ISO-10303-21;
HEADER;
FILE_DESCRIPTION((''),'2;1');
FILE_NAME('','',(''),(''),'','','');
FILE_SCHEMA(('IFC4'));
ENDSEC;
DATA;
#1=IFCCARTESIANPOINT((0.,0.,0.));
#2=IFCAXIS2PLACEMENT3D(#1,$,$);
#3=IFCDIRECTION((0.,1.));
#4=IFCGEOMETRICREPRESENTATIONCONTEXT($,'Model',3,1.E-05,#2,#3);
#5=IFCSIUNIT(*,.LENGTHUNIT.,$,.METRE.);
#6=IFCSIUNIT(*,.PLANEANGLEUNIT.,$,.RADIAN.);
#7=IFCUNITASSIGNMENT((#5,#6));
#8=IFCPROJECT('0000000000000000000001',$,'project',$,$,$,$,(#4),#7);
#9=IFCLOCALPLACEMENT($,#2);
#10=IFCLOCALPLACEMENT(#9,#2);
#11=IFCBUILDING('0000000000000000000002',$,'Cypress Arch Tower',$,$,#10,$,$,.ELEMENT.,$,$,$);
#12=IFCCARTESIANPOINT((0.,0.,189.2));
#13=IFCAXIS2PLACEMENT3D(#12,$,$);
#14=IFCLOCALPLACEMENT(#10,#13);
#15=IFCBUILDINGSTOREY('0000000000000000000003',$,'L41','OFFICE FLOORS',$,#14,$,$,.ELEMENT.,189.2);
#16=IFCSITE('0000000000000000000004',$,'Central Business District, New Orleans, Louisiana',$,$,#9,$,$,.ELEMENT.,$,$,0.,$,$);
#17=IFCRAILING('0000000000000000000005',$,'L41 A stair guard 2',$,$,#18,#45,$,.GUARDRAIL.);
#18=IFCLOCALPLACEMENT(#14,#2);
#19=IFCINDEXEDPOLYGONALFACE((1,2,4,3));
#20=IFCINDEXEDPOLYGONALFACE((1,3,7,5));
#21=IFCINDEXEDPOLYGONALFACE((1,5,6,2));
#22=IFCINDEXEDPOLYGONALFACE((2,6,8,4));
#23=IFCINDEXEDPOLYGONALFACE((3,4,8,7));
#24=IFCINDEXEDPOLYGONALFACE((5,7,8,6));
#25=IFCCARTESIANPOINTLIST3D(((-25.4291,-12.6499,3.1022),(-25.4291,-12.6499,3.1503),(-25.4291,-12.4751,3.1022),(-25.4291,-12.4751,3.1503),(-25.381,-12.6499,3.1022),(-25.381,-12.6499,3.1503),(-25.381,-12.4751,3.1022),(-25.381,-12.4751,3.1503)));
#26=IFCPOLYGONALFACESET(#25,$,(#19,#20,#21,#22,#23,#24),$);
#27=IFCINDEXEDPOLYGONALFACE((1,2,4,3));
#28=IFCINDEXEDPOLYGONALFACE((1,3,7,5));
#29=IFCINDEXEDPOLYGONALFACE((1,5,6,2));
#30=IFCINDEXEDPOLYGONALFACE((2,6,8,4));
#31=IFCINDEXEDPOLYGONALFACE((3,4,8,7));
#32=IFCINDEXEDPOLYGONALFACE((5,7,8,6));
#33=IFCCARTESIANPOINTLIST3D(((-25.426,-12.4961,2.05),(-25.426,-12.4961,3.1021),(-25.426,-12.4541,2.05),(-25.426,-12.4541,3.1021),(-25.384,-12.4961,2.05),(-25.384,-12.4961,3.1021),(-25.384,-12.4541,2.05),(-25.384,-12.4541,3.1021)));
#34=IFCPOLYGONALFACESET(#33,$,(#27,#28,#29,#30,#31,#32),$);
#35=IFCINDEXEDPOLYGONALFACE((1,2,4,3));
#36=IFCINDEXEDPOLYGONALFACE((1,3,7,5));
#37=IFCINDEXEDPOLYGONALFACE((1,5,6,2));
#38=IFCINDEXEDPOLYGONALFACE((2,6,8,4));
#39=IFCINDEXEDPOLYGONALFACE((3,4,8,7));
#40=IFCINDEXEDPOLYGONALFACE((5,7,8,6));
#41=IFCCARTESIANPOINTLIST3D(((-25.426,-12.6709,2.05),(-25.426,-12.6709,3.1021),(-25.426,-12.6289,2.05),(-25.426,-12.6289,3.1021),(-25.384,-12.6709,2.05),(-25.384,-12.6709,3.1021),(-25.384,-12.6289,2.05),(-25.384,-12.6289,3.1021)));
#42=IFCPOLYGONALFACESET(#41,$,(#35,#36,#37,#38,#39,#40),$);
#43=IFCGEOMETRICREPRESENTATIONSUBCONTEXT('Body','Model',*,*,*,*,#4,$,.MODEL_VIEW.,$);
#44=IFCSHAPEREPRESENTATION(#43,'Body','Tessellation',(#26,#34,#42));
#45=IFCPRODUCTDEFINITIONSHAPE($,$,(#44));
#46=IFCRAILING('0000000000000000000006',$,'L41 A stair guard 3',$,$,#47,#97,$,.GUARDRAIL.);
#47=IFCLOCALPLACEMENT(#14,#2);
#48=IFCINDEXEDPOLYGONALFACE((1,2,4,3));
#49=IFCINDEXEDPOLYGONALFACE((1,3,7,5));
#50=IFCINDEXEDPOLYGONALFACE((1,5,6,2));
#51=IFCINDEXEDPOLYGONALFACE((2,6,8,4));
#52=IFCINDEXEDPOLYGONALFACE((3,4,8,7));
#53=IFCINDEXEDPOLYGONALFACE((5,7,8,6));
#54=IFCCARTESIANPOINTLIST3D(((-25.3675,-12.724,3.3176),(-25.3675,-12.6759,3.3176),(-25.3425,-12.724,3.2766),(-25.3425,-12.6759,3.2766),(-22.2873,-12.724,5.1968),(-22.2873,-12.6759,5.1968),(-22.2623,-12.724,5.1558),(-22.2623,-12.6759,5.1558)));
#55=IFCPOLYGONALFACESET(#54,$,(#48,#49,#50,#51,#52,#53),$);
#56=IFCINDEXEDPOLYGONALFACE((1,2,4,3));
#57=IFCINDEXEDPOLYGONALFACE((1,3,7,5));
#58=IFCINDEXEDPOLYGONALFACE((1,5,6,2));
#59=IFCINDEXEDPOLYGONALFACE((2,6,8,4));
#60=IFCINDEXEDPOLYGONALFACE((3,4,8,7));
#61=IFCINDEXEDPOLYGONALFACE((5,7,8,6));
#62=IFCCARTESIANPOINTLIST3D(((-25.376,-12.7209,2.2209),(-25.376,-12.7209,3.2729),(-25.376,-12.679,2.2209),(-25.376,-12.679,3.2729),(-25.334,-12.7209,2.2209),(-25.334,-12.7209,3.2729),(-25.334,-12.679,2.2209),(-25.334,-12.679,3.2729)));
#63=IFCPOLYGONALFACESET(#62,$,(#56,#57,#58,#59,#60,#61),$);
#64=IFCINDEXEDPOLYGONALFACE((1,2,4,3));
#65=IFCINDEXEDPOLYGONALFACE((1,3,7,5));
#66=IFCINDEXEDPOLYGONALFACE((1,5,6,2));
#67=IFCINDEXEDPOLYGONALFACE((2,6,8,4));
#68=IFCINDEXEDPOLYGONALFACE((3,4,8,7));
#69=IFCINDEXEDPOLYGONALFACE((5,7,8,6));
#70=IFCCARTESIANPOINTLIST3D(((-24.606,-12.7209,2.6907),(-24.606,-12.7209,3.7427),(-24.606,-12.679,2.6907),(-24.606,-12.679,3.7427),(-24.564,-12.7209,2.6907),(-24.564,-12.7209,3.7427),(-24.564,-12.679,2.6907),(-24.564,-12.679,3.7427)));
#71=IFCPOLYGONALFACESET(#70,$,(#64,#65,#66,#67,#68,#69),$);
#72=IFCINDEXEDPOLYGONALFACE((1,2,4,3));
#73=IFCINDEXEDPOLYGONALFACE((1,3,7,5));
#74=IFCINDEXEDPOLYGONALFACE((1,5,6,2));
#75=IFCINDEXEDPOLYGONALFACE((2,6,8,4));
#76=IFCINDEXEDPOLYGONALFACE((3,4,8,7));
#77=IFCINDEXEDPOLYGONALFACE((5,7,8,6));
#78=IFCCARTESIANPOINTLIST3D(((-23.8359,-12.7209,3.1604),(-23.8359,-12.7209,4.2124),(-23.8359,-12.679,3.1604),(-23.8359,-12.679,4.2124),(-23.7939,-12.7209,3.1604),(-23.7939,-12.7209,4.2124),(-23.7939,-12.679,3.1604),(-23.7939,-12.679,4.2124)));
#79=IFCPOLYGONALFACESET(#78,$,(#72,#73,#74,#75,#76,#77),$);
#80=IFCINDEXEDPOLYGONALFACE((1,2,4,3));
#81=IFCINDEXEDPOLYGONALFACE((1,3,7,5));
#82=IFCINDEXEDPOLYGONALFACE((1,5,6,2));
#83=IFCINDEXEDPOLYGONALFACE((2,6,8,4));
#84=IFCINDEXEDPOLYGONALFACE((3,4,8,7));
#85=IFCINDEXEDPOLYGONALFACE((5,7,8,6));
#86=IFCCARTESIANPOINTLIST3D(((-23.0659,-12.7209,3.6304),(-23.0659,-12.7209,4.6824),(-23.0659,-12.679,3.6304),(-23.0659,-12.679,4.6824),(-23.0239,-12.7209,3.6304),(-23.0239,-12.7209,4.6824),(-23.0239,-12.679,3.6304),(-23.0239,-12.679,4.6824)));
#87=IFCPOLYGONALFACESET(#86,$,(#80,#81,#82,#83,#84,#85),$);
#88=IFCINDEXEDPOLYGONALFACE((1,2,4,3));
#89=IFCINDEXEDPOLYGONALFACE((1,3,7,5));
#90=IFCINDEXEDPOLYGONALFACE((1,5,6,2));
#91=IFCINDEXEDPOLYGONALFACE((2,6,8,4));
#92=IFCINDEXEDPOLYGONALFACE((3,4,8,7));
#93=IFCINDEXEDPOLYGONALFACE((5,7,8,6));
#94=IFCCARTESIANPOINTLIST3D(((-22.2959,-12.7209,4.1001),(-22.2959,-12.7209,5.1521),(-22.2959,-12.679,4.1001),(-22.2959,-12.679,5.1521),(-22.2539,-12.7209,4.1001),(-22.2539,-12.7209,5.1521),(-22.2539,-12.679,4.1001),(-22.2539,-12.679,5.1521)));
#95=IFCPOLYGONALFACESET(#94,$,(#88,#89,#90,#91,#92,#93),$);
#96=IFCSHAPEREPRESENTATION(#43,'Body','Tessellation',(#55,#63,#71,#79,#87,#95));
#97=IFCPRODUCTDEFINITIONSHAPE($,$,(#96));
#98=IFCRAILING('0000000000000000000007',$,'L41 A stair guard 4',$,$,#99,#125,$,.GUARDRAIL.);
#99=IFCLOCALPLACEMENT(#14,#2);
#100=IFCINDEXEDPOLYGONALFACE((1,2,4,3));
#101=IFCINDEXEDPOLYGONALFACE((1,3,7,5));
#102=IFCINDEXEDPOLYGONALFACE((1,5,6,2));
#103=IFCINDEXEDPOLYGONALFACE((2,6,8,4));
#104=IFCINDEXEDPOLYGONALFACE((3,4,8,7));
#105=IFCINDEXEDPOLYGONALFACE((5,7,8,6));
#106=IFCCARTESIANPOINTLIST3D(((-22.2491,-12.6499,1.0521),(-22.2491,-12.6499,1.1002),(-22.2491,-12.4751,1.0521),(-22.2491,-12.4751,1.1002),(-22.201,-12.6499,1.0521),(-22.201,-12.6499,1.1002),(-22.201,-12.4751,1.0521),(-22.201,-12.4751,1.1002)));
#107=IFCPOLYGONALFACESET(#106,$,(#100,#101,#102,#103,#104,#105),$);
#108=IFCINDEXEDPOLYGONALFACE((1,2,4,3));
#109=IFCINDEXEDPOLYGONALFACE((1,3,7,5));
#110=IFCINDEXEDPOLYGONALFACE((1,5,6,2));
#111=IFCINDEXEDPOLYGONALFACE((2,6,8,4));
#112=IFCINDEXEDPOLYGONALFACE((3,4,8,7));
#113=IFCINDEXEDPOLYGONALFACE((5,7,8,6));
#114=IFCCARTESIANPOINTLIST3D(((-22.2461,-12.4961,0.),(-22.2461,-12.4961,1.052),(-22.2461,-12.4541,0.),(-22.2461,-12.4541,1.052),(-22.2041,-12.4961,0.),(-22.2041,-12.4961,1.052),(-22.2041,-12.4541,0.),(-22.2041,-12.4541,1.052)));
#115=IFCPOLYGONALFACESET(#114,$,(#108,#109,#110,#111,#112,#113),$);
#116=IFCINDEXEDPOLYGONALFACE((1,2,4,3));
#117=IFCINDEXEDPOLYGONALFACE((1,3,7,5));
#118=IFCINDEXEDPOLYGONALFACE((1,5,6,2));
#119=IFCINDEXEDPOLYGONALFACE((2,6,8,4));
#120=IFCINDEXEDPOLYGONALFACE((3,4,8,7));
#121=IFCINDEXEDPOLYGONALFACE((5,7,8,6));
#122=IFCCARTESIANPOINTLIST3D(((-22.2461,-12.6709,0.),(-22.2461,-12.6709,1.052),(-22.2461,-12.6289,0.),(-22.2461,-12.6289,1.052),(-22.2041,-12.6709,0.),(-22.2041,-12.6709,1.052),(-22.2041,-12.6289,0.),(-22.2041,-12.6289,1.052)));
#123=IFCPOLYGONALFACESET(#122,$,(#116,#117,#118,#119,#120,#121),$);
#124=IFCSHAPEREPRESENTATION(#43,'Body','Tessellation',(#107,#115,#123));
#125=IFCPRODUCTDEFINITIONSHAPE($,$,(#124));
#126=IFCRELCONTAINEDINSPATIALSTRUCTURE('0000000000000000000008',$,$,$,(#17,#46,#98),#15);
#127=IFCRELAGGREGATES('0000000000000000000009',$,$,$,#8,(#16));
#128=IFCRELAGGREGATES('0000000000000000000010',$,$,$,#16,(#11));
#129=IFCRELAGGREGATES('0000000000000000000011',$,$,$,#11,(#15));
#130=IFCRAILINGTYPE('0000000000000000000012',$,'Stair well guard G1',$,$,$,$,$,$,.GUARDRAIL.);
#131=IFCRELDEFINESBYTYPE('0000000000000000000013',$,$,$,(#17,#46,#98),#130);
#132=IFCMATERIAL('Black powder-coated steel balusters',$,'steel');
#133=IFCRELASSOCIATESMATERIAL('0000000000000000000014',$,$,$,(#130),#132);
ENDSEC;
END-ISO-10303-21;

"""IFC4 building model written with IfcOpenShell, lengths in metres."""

from ifc_helpers import new_model, si_unit, direction, frame, origin, origin_2d, place, context, subcontext, project, spatial, rectangle, extrude, material, type_object, element, save


model = new_model("IFC4")

# Units and contexts
model_context = context("Model", 3, precision=1e-05, world=origin(), true_north=direction((0.0, 1.0)))
body_context = subcontext(model_context, "Body", "Model", "MODEL_VIEW")
ifc_project = project(units=[si_unit("LENGTHUNIT", "METRE"), si_unit("PLANEANGLEUNIT", "RADIAN")], contexts=[model_context])

# Site, building, storey
site_placement = place(None, origin())
site = spatial("IfcSite", under=ifc_project, at=site_placement, Name="Central Business District, New Orleans, Louisiana", CompositionType="ELEMENT", RefElevation=0.0)
building_placement = place(site_placement, origin())
building = spatial("IfcBuilding", under=site, at=building_placement, Name="Cypress Arch Tower", CompositionType="ELEMENT")
storey_placement = place(building_placement, frame((0.0, 0.0, 189.2)))
storey = spatial("IfcBuildingStorey", under=building, at=storey_placement, Name="L41", Description="OFFICE FLOORS", CompositionType="ELEMENT", Elevation=189.2)

# Railings
ifc_material_1 = material(Name="Black powder-coated steel balusters", Category="steel")
railing_type_1 = type_object("IfcRailingType", Name="Stair well guard G1", PredefinedType="GUARDRAIL", material=ifc_material_1)
railing_1_placement = place(storey_placement, frame((-25.405, -12.4751, 2.05)))
element("IfcRailing", 1, at=railing_1_placement, inside=storey, type_object=railing_type_1, Name="L41 A stair guard 2", PredefinedType="GUARDRAIL", context=body_context, shape_type="SweptSolid", body=[
    extrude(rectangle(XDim=0.0481, YDim=0.0481, at=origin_2d()), frame((0.0, 0.0, 1.0762), z_axis=(0.0, -1.0, 0.0), x_axis=(1.0, 0.0, 0.0)), (0.0, 0.0, 1.0), 0.1748),
    extrude(rectangle(XDim=0.042, YDim=0.042, at=origin_2d()), origin(), (0.0, 0.0, 1.0), 1.052),
    extrude(rectangle(XDim=0.042, YDim=0.042, at=origin_2d()), frame((0.0, -0.1748, 0.0)), (0.0, 0.0, 1.0), 1.052),
])
railing_2_placement = place(storey_placement, frame((-25.355, -12.7, 2.2209)))
element("IfcRailing", 2, at=railing_2_placement, inside=storey, type_object=railing_type_1, Name="L41 A stair guard 3", PredefinedType="GUARDRAIL", context=body_context, shape_type="SweptSolid", body=[
    extrude(rectangle(XDim=0.0481, YDim=0.0481, at=origin_2d()), frame((0.0, 0.0, 1.0762), z_axis=(0.853666, 0.0, 0.52082), x_axis=(0.0, 1.0, 0.0)), (0.0, 0.0, 1.0), 3.6082),
    extrude(rectangle(XDim=0.042, YDim=0.042, at=origin_2d()), origin(), (0.0, 0.0, 1.0), 1.052),
    extrude(rectangle(XDim=0.042, YDim=0.042, at=origin_2d()), frame((0.77, 0.0, 0.4697)), (0.0, 0.0, 1.0), 1.052),
    extrude(rectangle(XDim=0.042, YDim=0.042, at=origin_2d()), frame((1.54, 0.0, 0.9395)), (0.0, 0.0, 1.0), 1.052),
    extrude(rectangle(XDim=0.042, YDim=0.042, at=origin_2d()), frame((2.3101, 0.0, 1.4094)), (0.0, 0.0, 1.0), 1.052),
    extrude(rectangle(XDim=0.042, YDim=0.042, at=origin_2d()), frame((3.0801, 0.0, 1.8792)), (0.0, 0.0, 1.0), 1.052),
])
railing_3_placement = place(storey_placement, frame((-22.2251, -12.4751, 0.0)))
element("IfcRailing", 3, at=railing_3_placement, inside=storey, type_object=railing_type_1, Name="L41 A stair guard 4", PredefinedType="GUARDRAIL", context=body_context, shape_type="SweptSolid", body=[
    extrude(rectangle(XDim=0.0481, YDim=0.0481, at=origin_2d()), frame((0.0, 0.0, 1.0762), z_axis=(0.0, -1.0, 0.0), x_axis=(1.0, 0.0, 0.0)), (0.0, 0.0, 1.0), 0.1748),
    extrude(rectangle(XDim=0.042, YDim=0.042, at=origin_2d()), origin(), (0.0, 0.0, 1.0), 1.052),
    extrude(rectangle(XDim=0.042, YDim=0.042, at=origin_2d()), frame((0.0, -0.1748, 0.0)), (0.0, 0.0, 1.0), 1.052),
])

save(model, "model.ifc")
